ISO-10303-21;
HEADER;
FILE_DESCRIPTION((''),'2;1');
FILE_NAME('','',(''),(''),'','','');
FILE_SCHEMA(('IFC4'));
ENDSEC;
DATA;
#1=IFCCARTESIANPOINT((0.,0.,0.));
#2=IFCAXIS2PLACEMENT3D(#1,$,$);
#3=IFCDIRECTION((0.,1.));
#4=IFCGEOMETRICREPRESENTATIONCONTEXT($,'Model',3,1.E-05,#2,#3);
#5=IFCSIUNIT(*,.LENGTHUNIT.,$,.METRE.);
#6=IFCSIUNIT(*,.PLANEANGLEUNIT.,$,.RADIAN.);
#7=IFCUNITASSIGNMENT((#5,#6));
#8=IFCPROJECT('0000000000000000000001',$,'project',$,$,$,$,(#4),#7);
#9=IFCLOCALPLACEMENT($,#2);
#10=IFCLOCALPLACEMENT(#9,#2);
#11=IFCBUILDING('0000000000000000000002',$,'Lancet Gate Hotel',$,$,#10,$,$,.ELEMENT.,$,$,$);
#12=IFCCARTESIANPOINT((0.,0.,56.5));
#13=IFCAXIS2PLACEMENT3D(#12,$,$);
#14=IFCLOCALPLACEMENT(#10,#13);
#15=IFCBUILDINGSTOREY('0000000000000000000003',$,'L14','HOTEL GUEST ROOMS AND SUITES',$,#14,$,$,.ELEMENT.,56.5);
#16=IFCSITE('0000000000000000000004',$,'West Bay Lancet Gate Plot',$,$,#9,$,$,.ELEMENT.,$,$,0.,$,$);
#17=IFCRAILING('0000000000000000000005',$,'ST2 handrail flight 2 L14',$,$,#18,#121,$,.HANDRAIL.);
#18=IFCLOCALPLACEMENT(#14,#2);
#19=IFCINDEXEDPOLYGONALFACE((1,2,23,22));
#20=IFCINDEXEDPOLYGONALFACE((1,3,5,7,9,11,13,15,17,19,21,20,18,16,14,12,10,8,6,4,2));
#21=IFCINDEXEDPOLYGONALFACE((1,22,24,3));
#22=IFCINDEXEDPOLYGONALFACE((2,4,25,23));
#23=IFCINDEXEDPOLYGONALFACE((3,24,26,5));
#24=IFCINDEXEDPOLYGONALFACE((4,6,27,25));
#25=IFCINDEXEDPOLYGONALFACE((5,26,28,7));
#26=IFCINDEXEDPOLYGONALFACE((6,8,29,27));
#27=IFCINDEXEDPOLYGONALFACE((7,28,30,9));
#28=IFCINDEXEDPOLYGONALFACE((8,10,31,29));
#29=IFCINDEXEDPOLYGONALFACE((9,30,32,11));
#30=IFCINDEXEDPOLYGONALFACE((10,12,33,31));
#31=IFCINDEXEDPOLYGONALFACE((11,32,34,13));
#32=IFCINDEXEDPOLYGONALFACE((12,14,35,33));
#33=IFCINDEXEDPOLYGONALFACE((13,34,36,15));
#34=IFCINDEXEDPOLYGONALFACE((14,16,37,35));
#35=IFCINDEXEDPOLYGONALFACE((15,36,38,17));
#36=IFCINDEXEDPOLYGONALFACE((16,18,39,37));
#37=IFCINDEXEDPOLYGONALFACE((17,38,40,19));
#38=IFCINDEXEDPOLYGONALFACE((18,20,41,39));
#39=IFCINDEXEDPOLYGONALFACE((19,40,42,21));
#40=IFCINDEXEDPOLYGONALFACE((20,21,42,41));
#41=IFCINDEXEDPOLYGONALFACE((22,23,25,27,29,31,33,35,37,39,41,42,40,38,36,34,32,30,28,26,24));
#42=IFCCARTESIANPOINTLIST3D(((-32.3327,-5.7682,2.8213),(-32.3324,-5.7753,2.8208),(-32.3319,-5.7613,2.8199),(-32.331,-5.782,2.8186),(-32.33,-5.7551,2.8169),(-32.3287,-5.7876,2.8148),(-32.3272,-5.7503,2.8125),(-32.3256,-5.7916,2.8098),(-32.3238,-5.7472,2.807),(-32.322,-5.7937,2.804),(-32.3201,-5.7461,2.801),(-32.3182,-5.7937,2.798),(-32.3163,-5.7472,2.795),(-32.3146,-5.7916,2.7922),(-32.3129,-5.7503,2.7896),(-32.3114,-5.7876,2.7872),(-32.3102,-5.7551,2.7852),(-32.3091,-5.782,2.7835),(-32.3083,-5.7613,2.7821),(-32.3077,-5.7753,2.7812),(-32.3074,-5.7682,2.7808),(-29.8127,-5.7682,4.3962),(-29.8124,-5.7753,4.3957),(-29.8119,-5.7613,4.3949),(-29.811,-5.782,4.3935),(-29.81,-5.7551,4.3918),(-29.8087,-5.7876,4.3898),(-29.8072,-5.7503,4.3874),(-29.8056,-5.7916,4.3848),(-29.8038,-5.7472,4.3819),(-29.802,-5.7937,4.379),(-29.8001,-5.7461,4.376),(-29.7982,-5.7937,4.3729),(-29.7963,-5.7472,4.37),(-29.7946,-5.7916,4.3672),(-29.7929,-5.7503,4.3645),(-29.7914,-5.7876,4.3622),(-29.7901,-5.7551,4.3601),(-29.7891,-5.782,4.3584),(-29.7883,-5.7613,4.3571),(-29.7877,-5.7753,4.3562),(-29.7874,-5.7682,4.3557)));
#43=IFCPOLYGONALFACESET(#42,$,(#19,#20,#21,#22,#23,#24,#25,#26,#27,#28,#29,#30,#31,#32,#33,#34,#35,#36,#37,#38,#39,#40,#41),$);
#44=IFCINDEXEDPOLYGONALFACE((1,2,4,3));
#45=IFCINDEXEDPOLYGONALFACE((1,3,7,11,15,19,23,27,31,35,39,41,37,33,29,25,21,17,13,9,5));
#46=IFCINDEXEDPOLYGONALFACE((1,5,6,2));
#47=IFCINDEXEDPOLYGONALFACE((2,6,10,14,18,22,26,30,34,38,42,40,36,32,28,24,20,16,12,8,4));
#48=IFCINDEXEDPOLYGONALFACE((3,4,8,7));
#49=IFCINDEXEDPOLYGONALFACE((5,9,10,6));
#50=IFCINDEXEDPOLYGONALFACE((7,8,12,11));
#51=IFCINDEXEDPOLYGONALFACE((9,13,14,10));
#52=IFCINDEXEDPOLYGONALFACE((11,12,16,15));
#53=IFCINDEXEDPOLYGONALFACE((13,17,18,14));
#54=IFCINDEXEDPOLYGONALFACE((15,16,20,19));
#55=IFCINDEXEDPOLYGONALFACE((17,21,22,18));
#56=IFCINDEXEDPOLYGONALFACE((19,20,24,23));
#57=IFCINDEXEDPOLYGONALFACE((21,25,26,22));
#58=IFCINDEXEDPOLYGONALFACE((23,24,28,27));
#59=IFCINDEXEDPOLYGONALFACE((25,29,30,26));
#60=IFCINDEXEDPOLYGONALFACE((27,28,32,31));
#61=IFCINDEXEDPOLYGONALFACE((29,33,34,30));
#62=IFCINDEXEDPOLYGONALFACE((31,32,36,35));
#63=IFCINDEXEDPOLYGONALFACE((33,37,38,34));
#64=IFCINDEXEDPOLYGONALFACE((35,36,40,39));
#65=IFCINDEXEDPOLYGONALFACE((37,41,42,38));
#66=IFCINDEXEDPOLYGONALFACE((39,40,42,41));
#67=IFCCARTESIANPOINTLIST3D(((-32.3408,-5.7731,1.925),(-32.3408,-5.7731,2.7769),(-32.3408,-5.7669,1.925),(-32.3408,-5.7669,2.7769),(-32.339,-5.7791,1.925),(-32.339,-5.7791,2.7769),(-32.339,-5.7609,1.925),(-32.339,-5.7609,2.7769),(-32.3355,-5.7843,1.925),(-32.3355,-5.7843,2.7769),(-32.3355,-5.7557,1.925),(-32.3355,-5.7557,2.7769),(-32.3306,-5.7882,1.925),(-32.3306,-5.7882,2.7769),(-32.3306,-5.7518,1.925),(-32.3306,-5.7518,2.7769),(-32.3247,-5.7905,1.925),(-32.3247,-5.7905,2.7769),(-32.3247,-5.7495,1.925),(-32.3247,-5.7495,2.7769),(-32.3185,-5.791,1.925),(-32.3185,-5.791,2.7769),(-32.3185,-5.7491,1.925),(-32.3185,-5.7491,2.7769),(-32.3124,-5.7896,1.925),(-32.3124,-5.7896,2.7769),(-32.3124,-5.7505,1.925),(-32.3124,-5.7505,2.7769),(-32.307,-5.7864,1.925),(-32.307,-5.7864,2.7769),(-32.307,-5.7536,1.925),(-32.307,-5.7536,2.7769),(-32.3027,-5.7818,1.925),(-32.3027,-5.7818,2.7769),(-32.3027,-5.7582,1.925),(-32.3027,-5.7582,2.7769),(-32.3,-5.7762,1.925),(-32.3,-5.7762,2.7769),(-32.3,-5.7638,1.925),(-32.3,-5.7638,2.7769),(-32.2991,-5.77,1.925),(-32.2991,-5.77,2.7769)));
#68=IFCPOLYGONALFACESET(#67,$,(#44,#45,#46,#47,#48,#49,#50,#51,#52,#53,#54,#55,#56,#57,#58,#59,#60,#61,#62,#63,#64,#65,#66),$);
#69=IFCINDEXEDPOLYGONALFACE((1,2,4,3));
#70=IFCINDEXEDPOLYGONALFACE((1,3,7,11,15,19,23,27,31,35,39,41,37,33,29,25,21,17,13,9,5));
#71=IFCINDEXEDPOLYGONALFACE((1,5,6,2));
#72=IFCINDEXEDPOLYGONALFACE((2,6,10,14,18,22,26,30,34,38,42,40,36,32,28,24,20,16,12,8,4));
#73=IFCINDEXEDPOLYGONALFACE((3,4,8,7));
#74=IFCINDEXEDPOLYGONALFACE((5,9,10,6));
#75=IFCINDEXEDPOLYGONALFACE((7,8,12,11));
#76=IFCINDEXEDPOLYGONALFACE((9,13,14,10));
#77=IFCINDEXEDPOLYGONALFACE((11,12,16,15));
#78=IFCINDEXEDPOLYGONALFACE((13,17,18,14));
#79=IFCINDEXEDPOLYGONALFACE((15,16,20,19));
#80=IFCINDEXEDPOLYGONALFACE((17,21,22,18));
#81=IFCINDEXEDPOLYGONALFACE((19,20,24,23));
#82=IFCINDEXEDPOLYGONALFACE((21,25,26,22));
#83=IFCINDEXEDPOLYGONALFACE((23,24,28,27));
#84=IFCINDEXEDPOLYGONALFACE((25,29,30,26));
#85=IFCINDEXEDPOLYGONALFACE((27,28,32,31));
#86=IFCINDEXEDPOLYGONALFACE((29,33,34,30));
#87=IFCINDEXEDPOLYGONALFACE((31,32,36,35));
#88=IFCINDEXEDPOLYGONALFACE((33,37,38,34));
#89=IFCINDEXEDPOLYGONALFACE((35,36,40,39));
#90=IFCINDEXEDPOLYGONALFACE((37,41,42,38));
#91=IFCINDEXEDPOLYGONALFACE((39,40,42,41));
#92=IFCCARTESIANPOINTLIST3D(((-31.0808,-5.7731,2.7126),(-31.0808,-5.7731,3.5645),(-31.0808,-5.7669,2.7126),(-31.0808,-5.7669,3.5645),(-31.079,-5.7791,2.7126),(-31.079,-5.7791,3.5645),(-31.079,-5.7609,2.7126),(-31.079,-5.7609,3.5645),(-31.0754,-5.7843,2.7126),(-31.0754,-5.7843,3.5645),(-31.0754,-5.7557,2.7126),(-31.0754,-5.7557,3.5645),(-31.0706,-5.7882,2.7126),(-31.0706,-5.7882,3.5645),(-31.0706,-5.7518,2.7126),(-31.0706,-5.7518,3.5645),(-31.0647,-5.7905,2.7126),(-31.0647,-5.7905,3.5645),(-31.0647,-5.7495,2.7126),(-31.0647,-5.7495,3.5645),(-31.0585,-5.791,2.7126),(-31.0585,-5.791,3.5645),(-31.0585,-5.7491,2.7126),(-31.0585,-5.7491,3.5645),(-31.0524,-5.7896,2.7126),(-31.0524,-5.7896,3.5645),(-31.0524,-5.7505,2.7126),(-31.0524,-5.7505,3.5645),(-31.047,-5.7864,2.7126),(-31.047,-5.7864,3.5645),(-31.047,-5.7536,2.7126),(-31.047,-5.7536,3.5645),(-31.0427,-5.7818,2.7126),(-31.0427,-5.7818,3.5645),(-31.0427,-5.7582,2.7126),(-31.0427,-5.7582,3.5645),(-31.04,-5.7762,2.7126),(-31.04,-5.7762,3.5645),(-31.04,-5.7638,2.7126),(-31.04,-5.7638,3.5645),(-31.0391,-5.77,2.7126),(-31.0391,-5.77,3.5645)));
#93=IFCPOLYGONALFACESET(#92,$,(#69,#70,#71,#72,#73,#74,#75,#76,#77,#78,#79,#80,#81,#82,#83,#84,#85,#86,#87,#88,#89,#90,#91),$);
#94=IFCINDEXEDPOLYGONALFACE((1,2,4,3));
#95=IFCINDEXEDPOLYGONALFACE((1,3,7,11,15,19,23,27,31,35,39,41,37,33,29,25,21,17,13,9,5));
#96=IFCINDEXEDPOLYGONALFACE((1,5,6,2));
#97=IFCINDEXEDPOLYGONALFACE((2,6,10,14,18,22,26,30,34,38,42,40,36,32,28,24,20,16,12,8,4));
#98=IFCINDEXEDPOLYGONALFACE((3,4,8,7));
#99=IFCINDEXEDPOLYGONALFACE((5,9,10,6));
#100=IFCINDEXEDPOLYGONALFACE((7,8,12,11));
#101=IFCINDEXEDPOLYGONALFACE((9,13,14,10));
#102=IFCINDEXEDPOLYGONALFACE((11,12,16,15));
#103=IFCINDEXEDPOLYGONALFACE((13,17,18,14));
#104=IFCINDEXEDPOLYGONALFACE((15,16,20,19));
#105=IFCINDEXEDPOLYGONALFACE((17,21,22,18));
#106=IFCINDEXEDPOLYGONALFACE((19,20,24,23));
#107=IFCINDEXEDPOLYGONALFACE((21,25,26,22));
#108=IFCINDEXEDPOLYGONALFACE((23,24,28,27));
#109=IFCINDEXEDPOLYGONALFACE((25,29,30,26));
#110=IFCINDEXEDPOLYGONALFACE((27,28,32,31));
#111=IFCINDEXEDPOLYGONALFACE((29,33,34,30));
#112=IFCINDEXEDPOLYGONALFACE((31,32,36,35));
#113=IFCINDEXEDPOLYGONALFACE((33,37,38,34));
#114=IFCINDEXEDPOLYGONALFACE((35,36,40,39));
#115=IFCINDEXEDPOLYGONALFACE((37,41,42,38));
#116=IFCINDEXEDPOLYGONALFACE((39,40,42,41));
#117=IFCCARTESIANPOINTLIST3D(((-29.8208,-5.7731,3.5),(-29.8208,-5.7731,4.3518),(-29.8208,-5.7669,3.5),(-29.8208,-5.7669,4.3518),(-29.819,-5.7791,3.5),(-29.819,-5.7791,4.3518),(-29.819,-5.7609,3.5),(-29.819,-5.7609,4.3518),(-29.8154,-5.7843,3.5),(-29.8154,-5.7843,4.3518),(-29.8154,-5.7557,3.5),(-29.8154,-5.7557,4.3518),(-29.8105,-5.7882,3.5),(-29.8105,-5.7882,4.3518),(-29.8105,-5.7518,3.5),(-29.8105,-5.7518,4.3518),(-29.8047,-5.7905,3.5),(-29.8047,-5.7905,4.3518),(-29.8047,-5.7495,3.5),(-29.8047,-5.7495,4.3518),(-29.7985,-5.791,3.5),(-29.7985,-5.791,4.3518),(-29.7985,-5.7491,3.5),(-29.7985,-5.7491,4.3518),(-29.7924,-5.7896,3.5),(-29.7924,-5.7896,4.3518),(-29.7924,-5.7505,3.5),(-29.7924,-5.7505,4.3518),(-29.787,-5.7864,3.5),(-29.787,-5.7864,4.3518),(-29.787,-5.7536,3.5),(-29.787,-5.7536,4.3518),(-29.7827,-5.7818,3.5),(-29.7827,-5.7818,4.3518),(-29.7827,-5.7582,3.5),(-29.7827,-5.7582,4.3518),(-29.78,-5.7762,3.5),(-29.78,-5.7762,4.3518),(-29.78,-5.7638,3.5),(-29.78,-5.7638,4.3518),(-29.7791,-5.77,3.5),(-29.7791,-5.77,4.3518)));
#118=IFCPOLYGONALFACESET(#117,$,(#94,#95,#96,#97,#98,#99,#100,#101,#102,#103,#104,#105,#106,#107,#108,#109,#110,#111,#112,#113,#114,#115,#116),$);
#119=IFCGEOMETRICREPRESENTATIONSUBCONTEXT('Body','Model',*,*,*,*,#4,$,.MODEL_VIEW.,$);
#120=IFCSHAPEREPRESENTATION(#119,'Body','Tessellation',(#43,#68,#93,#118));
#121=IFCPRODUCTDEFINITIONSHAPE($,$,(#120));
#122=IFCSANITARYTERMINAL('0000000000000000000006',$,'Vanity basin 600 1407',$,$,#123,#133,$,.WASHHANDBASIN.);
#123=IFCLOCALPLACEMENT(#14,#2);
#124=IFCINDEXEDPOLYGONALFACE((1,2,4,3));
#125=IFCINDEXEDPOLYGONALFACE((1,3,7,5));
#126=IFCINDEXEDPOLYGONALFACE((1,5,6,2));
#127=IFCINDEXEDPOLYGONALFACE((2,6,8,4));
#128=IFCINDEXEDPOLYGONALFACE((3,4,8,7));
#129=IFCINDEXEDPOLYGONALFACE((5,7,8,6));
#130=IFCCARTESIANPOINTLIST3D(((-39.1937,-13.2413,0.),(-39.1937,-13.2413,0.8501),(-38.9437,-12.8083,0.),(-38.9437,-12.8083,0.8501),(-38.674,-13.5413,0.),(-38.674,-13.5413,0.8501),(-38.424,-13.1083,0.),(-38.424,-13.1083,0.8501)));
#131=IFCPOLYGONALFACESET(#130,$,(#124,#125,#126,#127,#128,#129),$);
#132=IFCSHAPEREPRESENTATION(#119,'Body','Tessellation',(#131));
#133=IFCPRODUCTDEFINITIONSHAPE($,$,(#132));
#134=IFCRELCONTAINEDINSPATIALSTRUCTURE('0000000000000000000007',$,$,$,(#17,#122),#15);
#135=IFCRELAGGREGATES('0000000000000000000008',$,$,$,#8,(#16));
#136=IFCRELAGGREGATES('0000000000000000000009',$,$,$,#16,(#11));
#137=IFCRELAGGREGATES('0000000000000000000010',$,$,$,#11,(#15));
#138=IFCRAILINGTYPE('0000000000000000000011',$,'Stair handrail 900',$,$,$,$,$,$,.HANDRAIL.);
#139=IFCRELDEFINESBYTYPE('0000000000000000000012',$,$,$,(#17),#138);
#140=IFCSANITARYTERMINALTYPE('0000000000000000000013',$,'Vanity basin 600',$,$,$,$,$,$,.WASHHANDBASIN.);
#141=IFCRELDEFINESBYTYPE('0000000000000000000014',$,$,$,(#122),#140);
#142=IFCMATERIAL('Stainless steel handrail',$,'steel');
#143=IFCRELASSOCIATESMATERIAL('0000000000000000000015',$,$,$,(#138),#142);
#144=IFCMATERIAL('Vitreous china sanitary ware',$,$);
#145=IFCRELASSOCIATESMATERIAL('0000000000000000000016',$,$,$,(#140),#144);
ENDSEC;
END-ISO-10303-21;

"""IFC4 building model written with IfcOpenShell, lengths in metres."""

from ifc_helpers import new_model, si_unit, direction, frame, origin, origin_2d, place, context, subcontext, project, spatial, rectangle, circle, extrude, material, type_object, element, save


model = new_model("IFC4")

# Units and contexts
model_context = context("Model", 3, precision=1e-05, world=origin(), true_north=direction((0.0, 1.0)))
body_context = subcontext(model_context, "Body", "Model", "MODEL_VIEW")
ifc_project = project(units=[si_unit("LENGTHUNIT", "METRE"), si_unit("PLANEANGLEUNIT", "RADIAN")], contexts=[model_context])

# Site, building, storey
site_placement = place(None, origin())
site = spatial("IfcSite", under=ifc_project, at=site_placement, Name="West Bay Lancet Gate Plot", CompositionType="ELEMENT", RefElevation=0.0)
building_placement = place(site_placement, origin())
building = spatial("IfcBuilding", under=site, at=building_placement, Name="Lancet Gate Hotel", CompositionType="ELEMENT")
storey_placement = place(building_placement, frame((0.0, 0.0, 56.5)))
storey = spatial("IfcBuildingStorey", under=building, at=storey_placement, Name="L14", Description="HOTEL GUEST ROOMS AND SUITES", CompositionType="ELEMENT", Elevation=56.5)

# Railing
ifc_material_1 = material(Name="Stainless steel handrail", Category="steel")
railing_type = type_object("IfcRailingType", Name="Stair handrail 900", PredefinedType="HANDRAIL", material=ifc_material_1)
railing_1_placement = place(storey_placement, frame((-32.3201, -5.77, 1.925)))
element("IfcRailing", 1, at=railing_1_placement, inside=storey, type_object=railing_type, Name="ST2 handrail flight 2 L14", PredefinedType="HANDRAIL", context=body_context, shape_type="SweptSolid", body=[
    extrude(circle(Radius=0.0239, at=origin_2d()), frame((0.0, 0.0, 0.876), z_axis=(0.848008, 0.0, 0.529984), x_axis=(0.0, 1.0, 0.0)), (0.0, 0.0, 1.0), 2.9717),
    extrude(circle(Radius=0.021, at=origin_2d()), origin(), (0.0, 0.0, 1.0), 0.8518),
    extrude(circle(Radius=0.021, at=origin_2d()), frame((1.26, 0.0, 0.7876)), (0.0, 0.0, 1.0), 0.8518),
    extrude(circle(Radius=0.021, at=origin_2d()), frame((2.52, 0.0, 1.575)), (0.0, 0.0, 1.0), 0.8518),
])

# Sanitary terminal
ifc_material_2 = material(Name="Vitreous china sanitary ware")
sanitary_terminal_type = type_object("IfcSanitaryTerminalType", Name="Vanity basin 600", PredefinedType="WASHHANDBASIN", material=ifc_material_2)
sanitary_terminal_placement = place(storey_placement, frame((-38.8088, -13.1748, 0.0), z_axis=(0.0, 0.0, 1.0), x_axis=(-0.866025, 0.5, 0.0)))
element("IfcSanitaryTerminal", 2, at=sanitary_terminal_placement, inside=storey, type_object=sanitary_terminal_type, Name="Vanity basin 600 1407", PredefinedType="WASHHANDBASIN", context=body_context, shape_type="SweptSolid", body=[
    extrude(rectangle(XDim=0.6001, YDim=0.5, at=origin_2d()), origin(), (0.0, 0.0, 1.0), 0.8501),
])

save(model, "model.ifc")
